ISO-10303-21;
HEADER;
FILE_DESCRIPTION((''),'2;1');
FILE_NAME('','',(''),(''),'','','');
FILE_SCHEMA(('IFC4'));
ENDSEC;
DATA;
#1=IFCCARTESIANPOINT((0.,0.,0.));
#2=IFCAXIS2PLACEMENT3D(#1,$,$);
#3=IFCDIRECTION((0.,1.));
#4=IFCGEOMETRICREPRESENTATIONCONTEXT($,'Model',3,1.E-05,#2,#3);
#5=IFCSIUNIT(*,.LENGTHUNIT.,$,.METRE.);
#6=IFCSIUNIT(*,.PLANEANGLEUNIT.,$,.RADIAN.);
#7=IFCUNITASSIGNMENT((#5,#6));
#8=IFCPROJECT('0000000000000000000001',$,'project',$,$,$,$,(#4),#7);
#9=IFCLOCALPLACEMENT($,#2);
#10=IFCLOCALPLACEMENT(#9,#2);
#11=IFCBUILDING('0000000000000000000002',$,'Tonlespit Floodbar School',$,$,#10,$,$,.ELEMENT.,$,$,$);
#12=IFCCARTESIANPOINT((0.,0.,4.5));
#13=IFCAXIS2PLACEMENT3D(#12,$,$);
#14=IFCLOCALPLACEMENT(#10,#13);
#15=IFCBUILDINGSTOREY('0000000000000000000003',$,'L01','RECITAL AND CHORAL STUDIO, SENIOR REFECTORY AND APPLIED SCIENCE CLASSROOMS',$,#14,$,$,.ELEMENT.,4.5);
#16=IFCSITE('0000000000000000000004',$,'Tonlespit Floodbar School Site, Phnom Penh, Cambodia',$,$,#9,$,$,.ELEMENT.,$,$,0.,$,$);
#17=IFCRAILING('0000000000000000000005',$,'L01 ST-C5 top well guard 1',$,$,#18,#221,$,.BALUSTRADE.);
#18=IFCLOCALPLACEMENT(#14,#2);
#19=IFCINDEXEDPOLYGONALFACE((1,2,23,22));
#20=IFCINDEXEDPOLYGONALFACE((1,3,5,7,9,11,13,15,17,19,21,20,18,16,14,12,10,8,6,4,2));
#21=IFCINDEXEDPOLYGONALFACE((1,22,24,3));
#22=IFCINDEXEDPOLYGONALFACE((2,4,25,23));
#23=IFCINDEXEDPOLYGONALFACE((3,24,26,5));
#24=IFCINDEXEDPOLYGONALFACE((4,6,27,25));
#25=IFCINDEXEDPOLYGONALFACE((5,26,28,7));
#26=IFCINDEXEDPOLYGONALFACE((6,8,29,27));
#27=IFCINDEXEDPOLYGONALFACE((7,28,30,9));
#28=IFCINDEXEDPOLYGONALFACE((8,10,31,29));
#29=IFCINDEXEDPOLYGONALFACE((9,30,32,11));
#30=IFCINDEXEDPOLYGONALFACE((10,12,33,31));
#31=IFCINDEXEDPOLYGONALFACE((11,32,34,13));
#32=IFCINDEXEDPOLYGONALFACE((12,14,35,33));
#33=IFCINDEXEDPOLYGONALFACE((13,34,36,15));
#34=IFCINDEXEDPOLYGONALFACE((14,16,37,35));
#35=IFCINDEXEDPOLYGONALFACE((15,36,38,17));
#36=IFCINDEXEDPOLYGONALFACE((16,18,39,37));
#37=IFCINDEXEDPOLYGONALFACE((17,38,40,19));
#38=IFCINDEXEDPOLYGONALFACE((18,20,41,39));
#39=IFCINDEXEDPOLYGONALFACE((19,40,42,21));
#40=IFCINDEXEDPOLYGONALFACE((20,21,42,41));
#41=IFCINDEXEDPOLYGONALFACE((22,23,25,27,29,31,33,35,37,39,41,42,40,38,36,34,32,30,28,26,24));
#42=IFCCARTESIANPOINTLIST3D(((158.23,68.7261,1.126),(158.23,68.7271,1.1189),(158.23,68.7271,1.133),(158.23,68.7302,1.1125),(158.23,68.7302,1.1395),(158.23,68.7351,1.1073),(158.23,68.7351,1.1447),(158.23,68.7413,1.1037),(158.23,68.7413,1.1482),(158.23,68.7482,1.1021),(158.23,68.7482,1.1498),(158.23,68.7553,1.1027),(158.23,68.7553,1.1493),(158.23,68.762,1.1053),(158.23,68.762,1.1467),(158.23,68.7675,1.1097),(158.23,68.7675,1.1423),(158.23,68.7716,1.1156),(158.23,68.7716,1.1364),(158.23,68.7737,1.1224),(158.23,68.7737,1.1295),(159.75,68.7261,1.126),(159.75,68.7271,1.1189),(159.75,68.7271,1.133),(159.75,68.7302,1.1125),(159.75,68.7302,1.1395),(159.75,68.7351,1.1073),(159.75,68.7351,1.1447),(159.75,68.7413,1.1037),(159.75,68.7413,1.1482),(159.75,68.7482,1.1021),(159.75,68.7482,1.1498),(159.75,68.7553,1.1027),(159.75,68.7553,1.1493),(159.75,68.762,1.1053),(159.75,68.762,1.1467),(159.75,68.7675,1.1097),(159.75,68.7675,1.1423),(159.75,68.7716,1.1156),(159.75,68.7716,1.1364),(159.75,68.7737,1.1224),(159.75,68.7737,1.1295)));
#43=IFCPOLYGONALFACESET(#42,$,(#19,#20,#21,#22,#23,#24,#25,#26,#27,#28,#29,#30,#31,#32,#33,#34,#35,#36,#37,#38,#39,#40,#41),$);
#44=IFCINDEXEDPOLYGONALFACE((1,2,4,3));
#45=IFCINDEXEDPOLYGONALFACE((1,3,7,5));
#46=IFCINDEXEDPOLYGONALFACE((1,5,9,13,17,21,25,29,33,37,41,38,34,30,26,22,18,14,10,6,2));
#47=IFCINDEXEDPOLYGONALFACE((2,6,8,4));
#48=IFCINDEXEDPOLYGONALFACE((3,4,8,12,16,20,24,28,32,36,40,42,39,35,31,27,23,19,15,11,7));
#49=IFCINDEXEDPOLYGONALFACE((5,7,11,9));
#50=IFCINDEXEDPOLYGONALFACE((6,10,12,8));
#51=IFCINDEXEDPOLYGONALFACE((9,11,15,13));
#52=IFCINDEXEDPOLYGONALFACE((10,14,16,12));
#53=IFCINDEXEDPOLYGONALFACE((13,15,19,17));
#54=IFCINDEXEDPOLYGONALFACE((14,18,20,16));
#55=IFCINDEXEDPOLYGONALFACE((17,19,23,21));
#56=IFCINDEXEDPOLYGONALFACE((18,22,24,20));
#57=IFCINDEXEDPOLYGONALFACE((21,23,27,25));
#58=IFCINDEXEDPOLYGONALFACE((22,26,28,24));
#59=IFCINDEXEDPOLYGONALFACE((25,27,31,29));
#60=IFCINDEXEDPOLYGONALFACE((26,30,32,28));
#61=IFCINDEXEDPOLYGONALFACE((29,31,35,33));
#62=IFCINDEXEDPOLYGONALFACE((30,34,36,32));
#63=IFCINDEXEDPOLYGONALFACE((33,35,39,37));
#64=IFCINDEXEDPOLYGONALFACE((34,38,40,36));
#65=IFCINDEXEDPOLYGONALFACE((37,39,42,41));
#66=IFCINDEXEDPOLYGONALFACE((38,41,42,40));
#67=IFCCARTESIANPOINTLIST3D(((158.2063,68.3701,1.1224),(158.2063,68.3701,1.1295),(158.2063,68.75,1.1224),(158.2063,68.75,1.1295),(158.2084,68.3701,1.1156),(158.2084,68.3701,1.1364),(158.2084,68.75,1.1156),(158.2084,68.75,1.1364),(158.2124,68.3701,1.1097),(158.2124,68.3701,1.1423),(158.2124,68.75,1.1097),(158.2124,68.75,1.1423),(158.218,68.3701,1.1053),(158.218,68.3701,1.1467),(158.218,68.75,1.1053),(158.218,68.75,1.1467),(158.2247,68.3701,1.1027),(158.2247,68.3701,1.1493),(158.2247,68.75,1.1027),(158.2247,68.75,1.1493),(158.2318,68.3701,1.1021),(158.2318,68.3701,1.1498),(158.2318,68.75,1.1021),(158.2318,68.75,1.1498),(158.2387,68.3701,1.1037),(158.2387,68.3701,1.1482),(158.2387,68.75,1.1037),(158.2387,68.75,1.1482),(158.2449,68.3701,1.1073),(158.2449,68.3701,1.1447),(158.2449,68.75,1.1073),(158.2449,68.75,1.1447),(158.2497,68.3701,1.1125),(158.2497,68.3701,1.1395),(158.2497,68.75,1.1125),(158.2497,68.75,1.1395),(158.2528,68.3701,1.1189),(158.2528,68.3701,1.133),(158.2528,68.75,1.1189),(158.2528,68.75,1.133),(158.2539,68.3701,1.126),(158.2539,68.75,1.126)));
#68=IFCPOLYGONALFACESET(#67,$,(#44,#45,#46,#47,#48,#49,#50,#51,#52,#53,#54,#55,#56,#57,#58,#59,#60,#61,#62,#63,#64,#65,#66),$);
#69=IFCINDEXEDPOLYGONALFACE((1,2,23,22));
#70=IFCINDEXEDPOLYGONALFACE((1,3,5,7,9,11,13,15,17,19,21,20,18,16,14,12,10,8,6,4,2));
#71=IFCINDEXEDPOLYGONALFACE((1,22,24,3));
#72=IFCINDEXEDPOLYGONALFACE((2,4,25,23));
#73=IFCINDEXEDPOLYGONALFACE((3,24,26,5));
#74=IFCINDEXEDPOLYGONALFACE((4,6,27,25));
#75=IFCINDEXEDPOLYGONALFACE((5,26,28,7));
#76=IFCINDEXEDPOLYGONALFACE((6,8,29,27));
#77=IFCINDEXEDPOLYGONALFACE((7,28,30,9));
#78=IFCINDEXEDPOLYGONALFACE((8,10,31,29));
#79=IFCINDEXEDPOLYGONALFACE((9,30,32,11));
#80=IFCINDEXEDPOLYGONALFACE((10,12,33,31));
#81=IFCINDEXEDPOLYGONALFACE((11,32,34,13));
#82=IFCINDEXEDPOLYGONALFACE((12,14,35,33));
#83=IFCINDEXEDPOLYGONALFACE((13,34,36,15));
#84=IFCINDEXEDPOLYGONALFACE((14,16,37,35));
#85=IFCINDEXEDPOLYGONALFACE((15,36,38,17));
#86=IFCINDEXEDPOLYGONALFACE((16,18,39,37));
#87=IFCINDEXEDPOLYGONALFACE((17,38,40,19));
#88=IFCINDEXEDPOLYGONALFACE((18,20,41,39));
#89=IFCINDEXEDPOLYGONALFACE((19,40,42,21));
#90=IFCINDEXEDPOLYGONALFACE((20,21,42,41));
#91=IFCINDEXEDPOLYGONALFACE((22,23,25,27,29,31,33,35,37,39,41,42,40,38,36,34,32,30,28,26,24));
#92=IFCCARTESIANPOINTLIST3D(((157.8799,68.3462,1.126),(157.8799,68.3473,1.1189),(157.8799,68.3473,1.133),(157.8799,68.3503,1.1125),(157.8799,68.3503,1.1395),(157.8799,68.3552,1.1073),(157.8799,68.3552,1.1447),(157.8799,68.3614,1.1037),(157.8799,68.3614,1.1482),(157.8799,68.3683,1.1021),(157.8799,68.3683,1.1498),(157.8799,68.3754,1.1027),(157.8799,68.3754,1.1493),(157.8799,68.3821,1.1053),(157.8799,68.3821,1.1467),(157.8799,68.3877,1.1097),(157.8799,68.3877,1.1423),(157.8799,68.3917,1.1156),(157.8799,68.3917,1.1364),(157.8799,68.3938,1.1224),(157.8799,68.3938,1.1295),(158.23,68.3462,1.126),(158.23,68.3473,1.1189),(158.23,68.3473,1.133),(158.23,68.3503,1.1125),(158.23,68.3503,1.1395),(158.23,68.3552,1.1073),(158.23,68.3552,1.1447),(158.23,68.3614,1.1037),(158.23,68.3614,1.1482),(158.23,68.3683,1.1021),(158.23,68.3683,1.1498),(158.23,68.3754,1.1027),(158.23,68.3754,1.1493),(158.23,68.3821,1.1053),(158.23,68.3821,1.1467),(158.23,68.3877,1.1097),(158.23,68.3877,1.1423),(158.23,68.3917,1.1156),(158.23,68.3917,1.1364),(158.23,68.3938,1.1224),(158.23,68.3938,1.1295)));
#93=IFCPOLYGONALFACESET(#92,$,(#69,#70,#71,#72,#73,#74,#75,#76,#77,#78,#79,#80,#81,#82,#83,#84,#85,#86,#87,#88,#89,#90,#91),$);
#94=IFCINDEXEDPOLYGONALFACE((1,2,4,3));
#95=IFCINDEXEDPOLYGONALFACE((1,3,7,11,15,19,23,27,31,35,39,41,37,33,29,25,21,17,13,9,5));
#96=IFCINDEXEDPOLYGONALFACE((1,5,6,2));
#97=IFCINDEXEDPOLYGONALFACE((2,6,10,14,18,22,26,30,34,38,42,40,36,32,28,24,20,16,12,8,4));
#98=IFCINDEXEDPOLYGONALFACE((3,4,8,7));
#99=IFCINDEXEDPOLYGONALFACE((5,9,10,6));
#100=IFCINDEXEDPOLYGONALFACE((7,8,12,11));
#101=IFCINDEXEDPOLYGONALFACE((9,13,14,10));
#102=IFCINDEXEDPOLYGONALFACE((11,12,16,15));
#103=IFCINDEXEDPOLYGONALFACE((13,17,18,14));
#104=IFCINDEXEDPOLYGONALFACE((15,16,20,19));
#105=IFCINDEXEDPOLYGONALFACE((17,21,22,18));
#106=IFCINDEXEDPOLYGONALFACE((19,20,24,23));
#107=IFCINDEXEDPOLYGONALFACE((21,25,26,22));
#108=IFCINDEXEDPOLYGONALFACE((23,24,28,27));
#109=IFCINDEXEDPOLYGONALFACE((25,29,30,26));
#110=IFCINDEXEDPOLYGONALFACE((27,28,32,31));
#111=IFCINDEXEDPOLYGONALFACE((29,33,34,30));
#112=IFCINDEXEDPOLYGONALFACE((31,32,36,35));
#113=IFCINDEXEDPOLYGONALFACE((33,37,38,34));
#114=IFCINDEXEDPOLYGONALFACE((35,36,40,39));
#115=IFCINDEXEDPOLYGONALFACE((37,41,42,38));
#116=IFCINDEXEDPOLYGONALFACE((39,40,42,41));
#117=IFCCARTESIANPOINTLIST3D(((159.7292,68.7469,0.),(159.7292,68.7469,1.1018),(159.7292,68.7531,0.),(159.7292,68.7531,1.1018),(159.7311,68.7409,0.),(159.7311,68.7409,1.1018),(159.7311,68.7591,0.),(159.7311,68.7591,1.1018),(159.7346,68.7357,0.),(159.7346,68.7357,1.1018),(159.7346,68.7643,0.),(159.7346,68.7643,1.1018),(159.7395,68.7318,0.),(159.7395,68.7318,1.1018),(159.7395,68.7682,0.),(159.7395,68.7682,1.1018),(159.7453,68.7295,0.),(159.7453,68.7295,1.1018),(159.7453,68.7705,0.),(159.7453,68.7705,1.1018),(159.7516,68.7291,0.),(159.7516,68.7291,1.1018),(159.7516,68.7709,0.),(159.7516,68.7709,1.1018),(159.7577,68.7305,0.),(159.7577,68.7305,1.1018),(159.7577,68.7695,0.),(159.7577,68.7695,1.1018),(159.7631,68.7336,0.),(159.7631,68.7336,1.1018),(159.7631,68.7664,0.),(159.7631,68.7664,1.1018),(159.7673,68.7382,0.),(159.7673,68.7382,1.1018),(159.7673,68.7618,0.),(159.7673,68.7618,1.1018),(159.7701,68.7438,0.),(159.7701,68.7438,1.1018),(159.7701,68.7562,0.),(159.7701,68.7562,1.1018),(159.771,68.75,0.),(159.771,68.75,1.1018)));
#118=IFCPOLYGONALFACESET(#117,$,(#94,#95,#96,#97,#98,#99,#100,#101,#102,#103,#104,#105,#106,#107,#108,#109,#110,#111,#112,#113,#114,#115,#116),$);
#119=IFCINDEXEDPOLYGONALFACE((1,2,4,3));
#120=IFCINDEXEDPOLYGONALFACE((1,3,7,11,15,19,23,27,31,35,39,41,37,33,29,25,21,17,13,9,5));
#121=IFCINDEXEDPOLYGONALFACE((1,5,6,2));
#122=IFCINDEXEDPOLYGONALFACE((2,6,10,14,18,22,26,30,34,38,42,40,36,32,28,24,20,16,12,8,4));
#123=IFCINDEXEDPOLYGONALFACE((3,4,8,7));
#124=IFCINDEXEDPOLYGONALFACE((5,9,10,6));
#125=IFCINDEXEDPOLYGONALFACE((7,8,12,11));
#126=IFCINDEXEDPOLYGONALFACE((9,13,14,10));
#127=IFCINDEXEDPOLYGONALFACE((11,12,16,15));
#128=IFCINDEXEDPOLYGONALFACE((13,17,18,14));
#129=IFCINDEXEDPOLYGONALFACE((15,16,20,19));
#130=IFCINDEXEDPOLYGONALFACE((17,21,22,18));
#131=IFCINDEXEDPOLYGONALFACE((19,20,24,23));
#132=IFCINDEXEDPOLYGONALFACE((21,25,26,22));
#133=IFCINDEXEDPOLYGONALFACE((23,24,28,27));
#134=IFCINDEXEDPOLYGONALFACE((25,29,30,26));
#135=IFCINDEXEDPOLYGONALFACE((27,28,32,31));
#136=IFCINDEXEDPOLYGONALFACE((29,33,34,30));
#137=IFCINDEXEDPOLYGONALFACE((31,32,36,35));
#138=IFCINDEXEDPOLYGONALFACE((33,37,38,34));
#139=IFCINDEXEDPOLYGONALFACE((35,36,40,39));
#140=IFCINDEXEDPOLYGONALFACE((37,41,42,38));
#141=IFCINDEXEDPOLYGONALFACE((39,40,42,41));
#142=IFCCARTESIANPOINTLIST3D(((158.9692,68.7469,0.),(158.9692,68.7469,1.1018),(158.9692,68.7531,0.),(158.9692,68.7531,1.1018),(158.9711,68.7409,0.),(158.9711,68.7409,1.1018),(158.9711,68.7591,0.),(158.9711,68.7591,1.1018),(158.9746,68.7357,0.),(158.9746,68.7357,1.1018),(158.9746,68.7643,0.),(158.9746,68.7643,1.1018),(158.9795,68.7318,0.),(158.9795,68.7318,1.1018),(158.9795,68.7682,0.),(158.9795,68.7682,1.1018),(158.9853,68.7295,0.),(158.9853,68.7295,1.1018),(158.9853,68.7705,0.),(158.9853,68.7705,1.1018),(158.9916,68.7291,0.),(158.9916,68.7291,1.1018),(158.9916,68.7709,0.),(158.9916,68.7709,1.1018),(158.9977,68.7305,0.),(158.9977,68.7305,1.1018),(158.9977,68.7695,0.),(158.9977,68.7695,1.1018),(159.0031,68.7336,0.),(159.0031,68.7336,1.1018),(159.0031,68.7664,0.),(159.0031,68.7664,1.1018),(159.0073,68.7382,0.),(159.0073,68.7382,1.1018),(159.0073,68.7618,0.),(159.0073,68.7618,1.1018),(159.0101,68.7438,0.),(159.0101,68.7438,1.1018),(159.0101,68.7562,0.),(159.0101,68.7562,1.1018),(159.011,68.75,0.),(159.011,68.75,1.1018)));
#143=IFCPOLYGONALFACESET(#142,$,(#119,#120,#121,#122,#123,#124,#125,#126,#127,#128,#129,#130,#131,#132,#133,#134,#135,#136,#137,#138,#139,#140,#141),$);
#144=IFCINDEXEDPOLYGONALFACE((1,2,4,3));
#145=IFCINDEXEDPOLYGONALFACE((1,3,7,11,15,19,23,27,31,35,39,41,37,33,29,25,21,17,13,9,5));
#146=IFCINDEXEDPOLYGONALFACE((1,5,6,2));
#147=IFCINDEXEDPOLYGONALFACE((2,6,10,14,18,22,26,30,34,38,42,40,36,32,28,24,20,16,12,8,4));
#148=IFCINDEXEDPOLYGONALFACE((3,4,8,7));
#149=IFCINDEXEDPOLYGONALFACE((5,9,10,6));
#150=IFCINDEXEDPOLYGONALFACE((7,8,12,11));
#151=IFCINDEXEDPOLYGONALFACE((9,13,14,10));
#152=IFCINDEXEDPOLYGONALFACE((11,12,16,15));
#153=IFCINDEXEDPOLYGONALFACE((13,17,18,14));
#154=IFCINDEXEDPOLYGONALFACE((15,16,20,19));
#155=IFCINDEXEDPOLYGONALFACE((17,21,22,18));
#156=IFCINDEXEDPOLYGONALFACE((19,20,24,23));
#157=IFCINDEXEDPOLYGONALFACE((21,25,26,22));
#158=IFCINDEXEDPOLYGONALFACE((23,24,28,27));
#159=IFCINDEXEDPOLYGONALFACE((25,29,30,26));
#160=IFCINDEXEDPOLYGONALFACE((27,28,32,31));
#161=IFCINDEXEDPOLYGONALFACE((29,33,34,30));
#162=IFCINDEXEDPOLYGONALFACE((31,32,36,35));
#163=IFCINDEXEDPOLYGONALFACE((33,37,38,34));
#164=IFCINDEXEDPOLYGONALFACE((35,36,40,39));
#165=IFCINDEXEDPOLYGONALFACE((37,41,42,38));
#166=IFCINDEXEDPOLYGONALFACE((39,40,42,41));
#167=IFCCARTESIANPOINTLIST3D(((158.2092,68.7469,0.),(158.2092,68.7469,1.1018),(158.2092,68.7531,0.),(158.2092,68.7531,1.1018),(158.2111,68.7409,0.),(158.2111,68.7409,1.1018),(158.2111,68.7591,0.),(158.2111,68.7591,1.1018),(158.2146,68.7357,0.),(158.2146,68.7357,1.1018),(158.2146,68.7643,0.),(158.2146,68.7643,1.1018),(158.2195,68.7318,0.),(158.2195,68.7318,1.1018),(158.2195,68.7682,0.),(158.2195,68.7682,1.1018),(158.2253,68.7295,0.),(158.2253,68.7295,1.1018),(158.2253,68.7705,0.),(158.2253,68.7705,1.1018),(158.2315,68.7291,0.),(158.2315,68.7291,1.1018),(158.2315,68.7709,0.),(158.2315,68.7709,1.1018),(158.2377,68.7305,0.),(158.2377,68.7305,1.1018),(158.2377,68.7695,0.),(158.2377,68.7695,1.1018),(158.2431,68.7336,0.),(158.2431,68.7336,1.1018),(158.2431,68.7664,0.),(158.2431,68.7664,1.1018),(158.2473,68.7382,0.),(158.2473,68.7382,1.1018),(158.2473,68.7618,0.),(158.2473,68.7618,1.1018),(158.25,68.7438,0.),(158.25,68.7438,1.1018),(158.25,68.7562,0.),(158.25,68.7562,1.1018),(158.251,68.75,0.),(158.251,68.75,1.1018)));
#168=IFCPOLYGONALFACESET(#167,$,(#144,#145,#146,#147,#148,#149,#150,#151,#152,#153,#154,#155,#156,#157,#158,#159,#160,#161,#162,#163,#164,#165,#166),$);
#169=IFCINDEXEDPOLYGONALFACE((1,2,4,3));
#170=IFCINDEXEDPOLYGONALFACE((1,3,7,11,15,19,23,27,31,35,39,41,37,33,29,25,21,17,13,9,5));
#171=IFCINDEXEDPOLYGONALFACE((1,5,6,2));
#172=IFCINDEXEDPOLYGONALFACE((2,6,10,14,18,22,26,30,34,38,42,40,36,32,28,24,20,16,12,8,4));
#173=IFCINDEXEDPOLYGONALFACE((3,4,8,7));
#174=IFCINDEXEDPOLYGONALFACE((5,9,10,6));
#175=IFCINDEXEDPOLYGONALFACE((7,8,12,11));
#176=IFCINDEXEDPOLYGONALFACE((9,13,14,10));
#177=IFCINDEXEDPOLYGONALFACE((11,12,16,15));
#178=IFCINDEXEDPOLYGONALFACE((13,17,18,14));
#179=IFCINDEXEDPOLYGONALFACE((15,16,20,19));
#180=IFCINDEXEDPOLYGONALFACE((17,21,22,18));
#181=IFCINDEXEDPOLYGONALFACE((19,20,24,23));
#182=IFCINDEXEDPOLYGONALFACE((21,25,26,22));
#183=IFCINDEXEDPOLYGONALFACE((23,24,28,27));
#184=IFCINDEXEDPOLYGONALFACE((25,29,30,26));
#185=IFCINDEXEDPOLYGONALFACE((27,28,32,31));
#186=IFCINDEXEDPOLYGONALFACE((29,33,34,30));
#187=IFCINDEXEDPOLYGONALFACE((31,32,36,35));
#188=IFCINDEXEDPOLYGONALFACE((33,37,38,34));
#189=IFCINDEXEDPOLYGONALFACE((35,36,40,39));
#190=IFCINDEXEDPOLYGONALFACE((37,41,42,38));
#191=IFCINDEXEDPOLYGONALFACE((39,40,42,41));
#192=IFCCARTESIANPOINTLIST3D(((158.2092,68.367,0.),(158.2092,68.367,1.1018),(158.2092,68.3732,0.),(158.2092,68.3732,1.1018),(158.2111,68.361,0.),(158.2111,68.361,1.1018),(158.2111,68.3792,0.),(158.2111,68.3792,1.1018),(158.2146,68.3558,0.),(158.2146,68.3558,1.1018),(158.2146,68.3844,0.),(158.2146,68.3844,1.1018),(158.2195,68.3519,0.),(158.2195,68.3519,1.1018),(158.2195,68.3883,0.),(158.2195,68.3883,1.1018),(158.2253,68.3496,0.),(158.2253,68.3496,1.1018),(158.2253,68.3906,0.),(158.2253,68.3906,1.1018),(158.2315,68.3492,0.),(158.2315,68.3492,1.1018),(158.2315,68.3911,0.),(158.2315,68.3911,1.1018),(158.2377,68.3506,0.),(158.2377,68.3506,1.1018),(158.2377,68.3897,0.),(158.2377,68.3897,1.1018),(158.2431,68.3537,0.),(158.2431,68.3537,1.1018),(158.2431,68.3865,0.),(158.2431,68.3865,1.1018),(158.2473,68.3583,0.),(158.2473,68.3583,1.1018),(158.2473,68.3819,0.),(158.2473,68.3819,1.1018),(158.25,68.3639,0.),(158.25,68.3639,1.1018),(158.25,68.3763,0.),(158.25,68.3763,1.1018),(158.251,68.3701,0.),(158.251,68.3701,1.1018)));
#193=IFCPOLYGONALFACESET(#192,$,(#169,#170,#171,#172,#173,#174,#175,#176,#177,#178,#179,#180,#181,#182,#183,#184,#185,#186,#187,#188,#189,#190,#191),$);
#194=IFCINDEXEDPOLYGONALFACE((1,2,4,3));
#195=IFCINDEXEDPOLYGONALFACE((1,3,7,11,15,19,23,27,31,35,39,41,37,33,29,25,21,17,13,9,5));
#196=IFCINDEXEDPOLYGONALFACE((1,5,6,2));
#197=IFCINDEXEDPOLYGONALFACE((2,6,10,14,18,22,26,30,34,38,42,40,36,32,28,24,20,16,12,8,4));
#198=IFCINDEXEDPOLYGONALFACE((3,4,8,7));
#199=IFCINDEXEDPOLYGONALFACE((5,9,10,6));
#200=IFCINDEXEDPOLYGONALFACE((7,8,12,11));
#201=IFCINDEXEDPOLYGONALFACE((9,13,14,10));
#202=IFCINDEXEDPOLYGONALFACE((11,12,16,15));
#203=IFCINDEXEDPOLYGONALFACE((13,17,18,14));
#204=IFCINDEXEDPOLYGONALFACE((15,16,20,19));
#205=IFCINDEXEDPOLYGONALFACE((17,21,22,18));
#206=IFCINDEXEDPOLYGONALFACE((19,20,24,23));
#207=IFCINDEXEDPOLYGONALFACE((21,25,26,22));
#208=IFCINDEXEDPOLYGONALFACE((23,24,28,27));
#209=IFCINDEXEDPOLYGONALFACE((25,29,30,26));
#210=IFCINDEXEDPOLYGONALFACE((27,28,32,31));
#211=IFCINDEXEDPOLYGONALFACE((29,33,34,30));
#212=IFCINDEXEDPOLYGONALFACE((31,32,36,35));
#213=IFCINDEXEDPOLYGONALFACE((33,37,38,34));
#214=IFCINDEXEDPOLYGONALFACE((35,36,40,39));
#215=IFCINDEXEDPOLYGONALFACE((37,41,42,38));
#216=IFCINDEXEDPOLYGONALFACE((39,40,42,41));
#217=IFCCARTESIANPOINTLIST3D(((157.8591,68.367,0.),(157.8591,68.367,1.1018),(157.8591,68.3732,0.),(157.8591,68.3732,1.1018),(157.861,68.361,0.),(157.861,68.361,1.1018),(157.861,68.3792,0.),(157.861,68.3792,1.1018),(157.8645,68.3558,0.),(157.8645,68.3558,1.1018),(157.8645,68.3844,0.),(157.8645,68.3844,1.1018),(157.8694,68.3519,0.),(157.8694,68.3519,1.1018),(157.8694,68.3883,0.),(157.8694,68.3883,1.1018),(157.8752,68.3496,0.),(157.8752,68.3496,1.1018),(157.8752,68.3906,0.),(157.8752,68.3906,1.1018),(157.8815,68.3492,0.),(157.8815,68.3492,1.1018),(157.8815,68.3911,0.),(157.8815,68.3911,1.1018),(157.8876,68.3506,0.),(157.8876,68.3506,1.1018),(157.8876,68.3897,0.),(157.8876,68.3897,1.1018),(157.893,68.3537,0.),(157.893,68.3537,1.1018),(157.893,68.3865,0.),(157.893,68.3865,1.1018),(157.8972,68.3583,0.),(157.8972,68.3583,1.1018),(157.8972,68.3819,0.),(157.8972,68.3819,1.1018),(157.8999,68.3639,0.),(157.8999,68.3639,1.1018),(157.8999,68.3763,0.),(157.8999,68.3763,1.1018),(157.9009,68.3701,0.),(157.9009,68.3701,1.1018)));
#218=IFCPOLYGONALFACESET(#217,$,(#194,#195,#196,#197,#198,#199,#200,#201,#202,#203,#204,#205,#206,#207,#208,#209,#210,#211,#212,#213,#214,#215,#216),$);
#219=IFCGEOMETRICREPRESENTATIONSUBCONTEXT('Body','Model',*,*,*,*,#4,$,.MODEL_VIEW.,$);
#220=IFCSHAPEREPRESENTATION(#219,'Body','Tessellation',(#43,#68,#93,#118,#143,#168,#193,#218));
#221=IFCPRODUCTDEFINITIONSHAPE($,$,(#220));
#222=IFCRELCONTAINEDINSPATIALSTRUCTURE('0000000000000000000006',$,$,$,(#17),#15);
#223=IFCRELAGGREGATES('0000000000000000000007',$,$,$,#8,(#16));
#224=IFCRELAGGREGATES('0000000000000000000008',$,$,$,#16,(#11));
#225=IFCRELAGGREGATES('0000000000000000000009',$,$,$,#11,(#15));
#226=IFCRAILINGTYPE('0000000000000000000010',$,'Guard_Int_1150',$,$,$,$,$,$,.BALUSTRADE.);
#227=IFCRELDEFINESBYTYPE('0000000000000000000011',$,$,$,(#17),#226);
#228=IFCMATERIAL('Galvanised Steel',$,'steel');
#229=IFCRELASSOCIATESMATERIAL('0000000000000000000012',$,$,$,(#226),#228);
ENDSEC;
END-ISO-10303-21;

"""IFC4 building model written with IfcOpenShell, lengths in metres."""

from ifc_helpers import new_model, si_unit, direction, frame, origin, origin_2d, place, context, subcontext, project, spatial, circle, extrude, material, type_object, element, save


model = new_model("IFC4")

# Units and contexts
model_context = context("Model", 3, precision=1e-05, world=origin(), true_north=direction((0.0, 1.0)))
body_context = subcontext(model_context, "Body", "Model", "MODEL_VIEW")
ifc_project = project(units=[si_unit("LENGTHUNIT", "METRE"), si_unit("PLANEANGLEUNIT", "RADIAN")], contexts=[model_context])

# Site, building, storey
site_placement = place(None, origin())
site = spatial("IfcSite", under=ifc_project, at=site_placement, Name="Tonlespit Floodbar School Site, Phnom Penh, Cambodia", CompositionType="ELEMENT", RefElevation=0.0)
building_placement = place(site_placement, origin())
building = spatial("IfcBuilding", under=site, at=building_placement, Name="Tonlespit Floodbar School", CompositionType="ELEMENT")
storey_placement = place(building_placement, frame((0.0, 0.0, 4.5)))
storey = spatial("IfcBuildingStorey", under=building, at=storey_placement, Name="L01", Description="RECITAL AND CHORAL STUDIO, SENIOR REFECTORY AND APPLIED SCIENCE CLASSROOMS", CompositionType="ELEMENT", Elevation=4.5)

# Railing
ifc_material_1 = material(Name="Galvanised Steel", Category="steel")
railing_type = type_object("IfcRailingType", Name="Guard_Int_1150", PredefinedType="BALUSTRADE", material=ifc_material_1)
railing_placement = place(storey_placement, frame((159.75, 68.75, 0.0)))
element("IfcRailing", 1, at=railing_placement, inside=storey, type_object=railing_type, Name="L01 ST-C5 top well guard 1", PredefinedType="BALUSTRADE", context=body_context, shape_type="SweptSolid", body=[
    extrude(circle(Radius=0.0239, at=origin_2d()), frame((0.0, 0.0, 1.126), z_axis=(-1.0, 0.0, 0.0), x_axis=(0.0, -1.0, 0.0)), (0.0, 0.0, 1.0), 1.52),
    extrude(circle(Radius=0.0239, at=origin_2d()), frame((-1.52, 0.0, 1.126), z_axis=(0.0, -1.0, 0.0), x_axis=(1.0, 0.0, 0.0)), (0.0, 0.0, 1.0), 0.3799),
    extrude(circle(Radius=0.0239, at=origin_2d()), frame((-1.52, -0.3799, 1.126), z_axis=(-1.0, 0.0, 0.0), x_axis=(0.0, -1.0, 0.0)), (0.0, 0.0, 1.0), 0.3501),
    extrude(circle(Radius=0.021, at=origin_2d()), origin(), (0.0, 0.0, 1.0), 1.1018),
    extrude(circle(Radius=0.021, at=origin_2d()), frame((-0.76, 0.0, 0.0)), (0.0, 0.0, 1.0), 1.1018),
    extrude(circle(Radius=0.021, at=origin_2d()), frame((-1.52, 0.0, 0.0)), (0.0, 0.0, 1.0), 1.1018),
    extrude(circle(Radius=0.021, at=origin_2d()), frame((-1.52, -0.3799, 0.0)), (0.0, 0.0, 1.0), 1.1018),
    extrude(circle(Radius=0.021, at=origin_2d()), frame((-1.8701, -0.3799, 0.0)), (0.0, 0.0, 1.0), 1.1018),
])

save(model, "model.ifc")
